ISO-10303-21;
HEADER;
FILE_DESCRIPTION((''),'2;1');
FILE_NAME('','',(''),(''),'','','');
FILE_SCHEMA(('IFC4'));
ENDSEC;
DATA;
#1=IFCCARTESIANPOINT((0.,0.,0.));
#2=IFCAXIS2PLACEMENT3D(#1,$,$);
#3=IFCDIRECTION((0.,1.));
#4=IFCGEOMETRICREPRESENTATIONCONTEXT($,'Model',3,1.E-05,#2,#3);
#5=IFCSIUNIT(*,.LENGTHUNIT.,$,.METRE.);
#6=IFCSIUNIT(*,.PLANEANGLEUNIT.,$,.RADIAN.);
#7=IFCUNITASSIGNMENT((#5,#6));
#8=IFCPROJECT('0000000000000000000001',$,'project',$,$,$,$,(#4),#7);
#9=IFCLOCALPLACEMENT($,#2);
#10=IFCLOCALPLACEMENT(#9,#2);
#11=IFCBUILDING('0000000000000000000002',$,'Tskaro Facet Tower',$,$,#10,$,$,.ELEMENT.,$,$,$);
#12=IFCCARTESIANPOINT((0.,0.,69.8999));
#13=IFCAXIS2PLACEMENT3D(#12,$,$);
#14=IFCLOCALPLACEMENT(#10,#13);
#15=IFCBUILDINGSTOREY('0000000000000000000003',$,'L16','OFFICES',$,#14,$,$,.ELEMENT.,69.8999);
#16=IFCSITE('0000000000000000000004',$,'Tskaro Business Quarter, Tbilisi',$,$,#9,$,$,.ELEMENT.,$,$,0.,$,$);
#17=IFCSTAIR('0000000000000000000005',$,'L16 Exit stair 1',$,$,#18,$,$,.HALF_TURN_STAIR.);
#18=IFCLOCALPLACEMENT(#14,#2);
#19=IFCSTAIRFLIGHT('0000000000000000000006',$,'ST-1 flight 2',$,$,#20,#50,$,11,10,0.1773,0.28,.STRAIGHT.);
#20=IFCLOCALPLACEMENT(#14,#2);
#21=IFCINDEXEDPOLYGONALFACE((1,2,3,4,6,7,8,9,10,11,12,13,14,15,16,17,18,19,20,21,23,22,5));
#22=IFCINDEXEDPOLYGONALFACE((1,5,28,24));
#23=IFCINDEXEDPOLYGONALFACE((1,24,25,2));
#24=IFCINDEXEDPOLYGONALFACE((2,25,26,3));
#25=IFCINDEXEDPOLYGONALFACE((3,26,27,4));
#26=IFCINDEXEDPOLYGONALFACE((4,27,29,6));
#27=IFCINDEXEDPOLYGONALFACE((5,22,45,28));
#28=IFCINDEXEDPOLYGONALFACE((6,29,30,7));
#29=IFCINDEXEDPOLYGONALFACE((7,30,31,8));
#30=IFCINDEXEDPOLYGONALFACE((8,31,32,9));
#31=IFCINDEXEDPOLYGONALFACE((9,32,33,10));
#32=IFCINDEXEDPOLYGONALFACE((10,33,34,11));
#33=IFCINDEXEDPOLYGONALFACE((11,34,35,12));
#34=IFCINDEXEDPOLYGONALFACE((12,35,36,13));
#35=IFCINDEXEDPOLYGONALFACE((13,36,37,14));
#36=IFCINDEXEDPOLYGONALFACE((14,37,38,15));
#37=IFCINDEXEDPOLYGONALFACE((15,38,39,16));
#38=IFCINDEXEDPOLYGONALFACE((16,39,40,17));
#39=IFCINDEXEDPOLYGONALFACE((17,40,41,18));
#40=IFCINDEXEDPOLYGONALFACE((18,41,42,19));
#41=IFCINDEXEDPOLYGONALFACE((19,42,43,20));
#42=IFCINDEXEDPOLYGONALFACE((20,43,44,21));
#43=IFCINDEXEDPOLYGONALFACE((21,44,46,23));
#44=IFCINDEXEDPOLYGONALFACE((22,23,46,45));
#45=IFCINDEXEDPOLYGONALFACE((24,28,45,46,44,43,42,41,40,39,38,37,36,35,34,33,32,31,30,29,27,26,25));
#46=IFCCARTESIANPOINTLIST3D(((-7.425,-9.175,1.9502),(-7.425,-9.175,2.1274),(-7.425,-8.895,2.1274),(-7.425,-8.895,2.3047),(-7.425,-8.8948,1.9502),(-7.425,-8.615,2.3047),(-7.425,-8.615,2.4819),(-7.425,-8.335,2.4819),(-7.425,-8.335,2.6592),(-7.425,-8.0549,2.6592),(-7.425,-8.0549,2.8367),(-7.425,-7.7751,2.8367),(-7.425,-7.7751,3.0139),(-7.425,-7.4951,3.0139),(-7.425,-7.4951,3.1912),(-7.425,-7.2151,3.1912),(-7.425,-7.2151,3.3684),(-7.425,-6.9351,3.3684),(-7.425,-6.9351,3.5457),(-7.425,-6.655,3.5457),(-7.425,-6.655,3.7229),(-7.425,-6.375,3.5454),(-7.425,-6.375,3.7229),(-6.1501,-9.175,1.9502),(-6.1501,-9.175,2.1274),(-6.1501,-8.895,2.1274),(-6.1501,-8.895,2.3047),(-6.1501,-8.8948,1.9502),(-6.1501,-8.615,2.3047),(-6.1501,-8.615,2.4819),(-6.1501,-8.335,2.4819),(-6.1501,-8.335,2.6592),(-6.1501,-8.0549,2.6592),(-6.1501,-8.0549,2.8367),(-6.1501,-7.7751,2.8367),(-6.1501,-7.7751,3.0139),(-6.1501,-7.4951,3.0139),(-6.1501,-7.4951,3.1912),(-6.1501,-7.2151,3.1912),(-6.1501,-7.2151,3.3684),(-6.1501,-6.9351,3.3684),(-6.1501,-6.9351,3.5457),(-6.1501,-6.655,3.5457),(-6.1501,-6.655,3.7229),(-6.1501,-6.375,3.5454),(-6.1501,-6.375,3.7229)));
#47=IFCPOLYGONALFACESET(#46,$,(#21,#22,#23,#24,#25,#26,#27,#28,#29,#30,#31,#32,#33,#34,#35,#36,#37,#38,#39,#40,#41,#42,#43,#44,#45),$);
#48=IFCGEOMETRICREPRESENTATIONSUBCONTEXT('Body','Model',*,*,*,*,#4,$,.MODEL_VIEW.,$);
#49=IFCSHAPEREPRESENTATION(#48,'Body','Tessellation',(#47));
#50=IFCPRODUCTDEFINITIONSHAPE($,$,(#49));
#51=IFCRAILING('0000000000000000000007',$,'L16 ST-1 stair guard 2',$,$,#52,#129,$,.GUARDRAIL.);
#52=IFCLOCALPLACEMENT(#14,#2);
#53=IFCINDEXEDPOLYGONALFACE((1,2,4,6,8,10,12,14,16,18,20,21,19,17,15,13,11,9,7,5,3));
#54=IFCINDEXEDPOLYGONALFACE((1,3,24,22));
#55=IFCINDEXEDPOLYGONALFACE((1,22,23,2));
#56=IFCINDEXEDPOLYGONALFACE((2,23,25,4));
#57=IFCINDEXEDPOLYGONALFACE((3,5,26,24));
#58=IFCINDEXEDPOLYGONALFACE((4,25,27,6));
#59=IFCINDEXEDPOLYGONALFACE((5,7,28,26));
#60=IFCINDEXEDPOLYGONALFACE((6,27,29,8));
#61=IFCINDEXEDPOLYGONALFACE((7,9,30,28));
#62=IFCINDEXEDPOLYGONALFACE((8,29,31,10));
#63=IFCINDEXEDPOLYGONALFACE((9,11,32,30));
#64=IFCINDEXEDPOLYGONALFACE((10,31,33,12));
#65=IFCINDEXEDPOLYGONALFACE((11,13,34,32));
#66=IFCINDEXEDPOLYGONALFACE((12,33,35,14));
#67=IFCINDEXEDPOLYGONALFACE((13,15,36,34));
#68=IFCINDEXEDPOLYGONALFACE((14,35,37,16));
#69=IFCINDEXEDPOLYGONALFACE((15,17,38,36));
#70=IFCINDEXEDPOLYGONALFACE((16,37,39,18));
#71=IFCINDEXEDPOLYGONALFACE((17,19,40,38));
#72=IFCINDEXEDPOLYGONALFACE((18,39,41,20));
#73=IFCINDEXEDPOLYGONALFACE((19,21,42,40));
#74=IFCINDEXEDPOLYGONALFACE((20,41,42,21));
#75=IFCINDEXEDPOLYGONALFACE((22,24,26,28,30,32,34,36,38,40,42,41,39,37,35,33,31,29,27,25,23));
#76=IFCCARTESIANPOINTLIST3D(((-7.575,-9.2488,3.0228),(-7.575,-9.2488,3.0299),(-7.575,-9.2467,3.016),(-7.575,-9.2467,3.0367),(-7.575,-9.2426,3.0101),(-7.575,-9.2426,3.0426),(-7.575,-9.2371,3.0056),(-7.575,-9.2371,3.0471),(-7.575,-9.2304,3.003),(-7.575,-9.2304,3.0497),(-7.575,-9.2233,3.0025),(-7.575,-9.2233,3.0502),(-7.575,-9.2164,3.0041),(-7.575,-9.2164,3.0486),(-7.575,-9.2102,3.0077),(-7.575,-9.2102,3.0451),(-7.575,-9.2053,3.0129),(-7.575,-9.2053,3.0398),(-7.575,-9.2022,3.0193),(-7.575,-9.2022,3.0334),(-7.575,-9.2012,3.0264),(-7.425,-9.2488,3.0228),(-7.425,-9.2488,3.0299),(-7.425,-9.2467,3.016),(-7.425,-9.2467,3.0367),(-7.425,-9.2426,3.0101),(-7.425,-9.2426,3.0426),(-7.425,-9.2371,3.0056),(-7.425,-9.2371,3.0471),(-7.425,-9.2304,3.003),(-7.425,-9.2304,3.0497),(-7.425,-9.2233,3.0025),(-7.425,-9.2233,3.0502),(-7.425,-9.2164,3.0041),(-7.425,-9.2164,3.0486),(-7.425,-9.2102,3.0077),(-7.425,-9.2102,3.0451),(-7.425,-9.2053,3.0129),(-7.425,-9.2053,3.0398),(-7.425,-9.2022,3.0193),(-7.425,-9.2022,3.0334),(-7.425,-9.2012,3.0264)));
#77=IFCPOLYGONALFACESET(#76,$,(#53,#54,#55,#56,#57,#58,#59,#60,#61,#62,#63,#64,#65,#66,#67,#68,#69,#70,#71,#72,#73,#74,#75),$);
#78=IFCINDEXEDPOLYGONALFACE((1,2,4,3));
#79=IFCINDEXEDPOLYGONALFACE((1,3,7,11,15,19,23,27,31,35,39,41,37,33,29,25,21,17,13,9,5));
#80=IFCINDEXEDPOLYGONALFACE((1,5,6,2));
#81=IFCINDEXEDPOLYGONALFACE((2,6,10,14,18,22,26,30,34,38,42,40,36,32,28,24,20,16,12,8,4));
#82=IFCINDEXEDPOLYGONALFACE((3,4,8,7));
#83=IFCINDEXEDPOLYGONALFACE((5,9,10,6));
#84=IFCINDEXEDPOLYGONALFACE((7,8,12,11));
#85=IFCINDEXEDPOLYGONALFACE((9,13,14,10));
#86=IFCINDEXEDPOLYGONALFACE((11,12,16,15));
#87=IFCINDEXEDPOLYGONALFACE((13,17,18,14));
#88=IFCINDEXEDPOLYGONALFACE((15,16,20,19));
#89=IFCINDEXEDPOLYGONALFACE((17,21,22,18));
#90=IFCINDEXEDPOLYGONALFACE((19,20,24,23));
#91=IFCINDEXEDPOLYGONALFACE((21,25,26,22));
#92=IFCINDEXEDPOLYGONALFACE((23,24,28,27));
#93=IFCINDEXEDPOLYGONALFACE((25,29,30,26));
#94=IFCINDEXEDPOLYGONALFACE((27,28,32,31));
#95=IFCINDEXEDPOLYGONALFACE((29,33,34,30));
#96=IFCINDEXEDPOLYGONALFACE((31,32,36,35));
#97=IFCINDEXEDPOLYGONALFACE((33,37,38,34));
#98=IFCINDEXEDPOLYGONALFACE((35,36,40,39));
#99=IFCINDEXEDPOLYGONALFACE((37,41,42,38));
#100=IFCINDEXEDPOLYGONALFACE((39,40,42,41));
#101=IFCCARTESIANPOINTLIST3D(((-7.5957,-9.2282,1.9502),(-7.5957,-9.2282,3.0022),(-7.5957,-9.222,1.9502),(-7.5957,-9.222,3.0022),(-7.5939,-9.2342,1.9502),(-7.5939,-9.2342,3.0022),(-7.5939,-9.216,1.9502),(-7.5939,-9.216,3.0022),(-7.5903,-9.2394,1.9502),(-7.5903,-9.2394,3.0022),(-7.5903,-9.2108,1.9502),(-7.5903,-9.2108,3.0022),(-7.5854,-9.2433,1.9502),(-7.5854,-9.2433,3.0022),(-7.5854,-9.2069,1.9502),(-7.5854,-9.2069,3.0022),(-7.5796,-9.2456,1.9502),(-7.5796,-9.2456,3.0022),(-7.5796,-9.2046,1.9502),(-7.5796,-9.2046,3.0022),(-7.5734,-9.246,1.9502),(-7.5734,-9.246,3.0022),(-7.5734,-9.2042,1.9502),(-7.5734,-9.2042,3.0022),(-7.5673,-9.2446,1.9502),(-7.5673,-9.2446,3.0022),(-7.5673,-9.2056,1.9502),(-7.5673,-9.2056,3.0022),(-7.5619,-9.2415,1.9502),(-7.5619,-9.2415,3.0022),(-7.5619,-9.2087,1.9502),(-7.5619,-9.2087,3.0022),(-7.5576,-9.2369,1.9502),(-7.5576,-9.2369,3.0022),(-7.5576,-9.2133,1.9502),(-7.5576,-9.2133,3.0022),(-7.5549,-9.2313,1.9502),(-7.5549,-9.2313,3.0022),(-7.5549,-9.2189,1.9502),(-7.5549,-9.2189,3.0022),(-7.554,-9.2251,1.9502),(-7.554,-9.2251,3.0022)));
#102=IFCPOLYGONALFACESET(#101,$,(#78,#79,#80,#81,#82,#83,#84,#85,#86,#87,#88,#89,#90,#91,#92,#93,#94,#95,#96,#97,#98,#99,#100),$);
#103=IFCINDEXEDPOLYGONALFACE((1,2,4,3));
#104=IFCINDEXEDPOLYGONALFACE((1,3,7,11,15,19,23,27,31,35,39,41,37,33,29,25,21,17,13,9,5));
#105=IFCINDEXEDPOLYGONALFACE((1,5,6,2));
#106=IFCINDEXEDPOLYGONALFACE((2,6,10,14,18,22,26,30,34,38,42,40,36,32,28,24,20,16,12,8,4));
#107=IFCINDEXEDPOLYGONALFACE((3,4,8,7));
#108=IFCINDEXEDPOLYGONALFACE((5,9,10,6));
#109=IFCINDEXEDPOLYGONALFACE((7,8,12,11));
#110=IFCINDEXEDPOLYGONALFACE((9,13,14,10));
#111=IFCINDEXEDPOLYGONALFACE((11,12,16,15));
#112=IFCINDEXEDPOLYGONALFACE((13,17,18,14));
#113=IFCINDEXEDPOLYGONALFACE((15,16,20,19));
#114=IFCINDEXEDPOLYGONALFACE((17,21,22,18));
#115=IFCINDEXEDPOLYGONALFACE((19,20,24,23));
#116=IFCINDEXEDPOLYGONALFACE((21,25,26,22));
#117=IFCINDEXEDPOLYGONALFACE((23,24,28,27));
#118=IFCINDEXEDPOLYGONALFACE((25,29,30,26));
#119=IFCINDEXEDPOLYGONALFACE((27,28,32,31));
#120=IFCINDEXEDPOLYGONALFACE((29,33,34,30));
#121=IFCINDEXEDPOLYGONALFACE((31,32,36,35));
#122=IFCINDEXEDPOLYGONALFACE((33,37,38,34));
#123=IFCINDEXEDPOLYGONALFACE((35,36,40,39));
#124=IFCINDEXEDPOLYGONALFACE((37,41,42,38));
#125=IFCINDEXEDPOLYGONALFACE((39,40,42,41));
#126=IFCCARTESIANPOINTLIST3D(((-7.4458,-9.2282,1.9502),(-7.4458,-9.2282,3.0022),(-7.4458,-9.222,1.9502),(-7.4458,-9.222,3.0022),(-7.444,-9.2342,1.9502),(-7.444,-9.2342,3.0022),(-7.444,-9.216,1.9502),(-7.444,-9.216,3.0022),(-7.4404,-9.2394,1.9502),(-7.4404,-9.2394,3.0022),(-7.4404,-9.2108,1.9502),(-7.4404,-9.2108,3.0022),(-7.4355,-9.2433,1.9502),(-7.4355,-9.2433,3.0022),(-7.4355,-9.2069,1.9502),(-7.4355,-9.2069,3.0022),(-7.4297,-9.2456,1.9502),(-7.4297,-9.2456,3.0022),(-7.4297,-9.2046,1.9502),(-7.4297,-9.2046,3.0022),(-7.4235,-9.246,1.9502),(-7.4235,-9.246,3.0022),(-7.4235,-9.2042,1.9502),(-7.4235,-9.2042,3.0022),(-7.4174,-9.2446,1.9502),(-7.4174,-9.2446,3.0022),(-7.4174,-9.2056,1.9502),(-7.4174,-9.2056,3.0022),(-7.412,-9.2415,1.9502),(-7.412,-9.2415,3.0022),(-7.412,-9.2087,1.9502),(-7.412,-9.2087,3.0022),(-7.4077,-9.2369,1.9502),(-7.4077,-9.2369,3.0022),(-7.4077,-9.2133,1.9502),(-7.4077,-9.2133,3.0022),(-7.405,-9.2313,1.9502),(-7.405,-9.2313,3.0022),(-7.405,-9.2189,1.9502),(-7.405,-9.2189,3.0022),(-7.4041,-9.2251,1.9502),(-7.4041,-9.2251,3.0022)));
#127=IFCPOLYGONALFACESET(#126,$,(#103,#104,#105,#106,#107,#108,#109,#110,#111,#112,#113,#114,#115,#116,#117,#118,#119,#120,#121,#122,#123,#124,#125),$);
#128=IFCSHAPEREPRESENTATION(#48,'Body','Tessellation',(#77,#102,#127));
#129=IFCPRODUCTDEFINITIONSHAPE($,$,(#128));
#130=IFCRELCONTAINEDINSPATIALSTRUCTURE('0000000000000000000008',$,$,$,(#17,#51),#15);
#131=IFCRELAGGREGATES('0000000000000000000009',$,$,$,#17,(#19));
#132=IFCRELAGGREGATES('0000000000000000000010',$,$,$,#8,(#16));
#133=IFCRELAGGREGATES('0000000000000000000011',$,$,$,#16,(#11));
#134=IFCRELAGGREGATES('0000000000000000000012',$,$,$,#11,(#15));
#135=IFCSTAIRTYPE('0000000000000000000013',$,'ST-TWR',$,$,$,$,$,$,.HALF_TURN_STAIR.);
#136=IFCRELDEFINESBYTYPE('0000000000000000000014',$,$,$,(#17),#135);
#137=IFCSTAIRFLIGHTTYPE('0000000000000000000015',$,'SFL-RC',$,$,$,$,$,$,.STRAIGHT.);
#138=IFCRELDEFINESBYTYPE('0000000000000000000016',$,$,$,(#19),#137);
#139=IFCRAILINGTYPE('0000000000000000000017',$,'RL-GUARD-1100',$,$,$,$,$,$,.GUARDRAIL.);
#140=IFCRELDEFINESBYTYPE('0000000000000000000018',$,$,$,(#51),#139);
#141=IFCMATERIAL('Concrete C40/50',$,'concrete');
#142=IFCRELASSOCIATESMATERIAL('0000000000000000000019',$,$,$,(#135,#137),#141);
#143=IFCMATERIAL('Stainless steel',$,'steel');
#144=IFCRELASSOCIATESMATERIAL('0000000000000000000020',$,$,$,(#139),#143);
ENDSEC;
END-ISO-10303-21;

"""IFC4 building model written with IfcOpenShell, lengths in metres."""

from ifc_helpers import new_model, si_unit, direction, frame, origin, origin_2d, place, context, subcontext, project, spatial, polyline, circle, outline, extrude, material, type_object, element, aggregate, save


model = new_model("IFC4")

# Units and contexts
model_context = context("Model", 3, precision=1e-05, world=origin(), true_north=direction((0.0, 1.0)))
body_context = subcontext(model_context, "Body", "Model", "MODEL_VIEW")
ifc_project = project(units=[si_unit("LENGTHUNIT", "METRE"), si_unit("PLANEANGLEUNIT", "RADIAN")], contexts=[model_context])

# Site, building, storey
site_placement = place(None, origin())
site = spatial("IfcSite", under=ifc_project, at=site_placement, Name="Tskaro Business Quarter, Tbilisi", CompositionType="ELEMENT", RefElevation=0.0)
building_placement = place(site_placement, origin())
building = spatial("IfcBuilding", under=site, at=building_placement, Name="Tskaro Facet Tower", CompositionType="ELEMENT")
storey_placement = place(building_placement, frame((0.0, 0.0, 69.8999)))
storey = spatial("IfcBuildingStorey", under=building, at=storey_placement, Name="L16", Description="OFFICES", CompositionType="ELEMENT", Elevation=69.8999)

# Shared definitions
ifc_material_1 = material(Name="Stainless steel", Category="steel")

# Shared definitions
ifc_material_2 = material(Name="Concrete C40/50", Category="concrete")

# Stair, stair flight
stair_type = type_object("IfcStairType", Name="ST-TWR", PredefinedType="HALF_TURN_STAIR", material=ifc_material_2)
stair_placement = place(storey_placement, origin())
stair = element("IfcStair", 1, at=stair_placement, inside=storey, type_object=stair_type, Name="L16 Exit stair 1", PredefinedType="HALF_TURN_STAIR")
stair_flight_type = type_object("IfcStairFlightType", Name="SFL-RC", PredefinedType="STRAIGHT", material=ifc_material_2)
stair_flight_placement = place(storey_placement, frame((-6.7876, -9.175, 1.9502), z_axis=(0.0, 0.0, 1.0), x_axis=(0.0, 1.0, 0.0)))
stair_flight = element("IfcStairFlight", 2, at=stair_flight_placement, type_object=stair_flight_type, Name="ST-1 flight 2", NumberOfRisers=11, NumberOfTreads=10, PredefinedType="STRAIGHT", RiserHeight=0.1773, TreadLength=0.28, context=body_context, shape_type="SweptSolid", body=[
    extrude(outline(polyline([(0.0, 0.0), (0.0, 0.1772), (0.28, 0.1772), (0.28, 0.3545), (0.5601, 0.3545), (0.5601, 0.5317), (0.8401, 0.5317), (0.8401, 0.709), (1.1201, 0.709), (1.1201, 0.8865), (1.3999, 0.8865), (1.3999, 1.0637), (1.6799, 1.0637), (1.6799, 1.241), (1.96, 1.241), (1.96, 1.4182), (2.24, 1.4182), (2.24, 1.5955), (2.52, 1.5955), (2.52, 1.7727), (2.8, 1.7727), (2.8, 1.95), (2.8, 1.5952), (0.2803, 0.0), (0.0, 0.0)])), frame((0.0, 0.6375, 0.0), z_axis=(0.0, -1.0, 0.0), x_axis=(1.0, 0.0, 0.0)), (0.0, 0.0, 1.0), 1.2749),
])
aggregate(stair, [stair_flight])

# Railing
railing_type_1 = type_object("IfcRailingType", Name="RL-GUARD-1100", PredefinedType="GUARDRAIL", material=ifc_material_1)
railing_1_placement = place(storey_placement, frame((-7.575, -9.2251, 1.9502)))
element("IfcRailing", 3, at=railing_1_placement, inside=storey, type_object=railing_type_1, Name="L16 ST-1 stair guard 2", PredefinedType="GUARDRAIL", context=body_context, shape_type="SweptSolid", body=[
    extrude(circle(Radius=0.0239, at=origin_2d()), frame((0.0, 0.0, 1.0762), z_axis=(1.0, 0.0, 0.0), x_axis=(0.0, 1.0, 0.0)), (0.0, 0.0, 1.0), 0.1499),
    extrude(circle(Radius=0.021, at=origin_2d()), origin(), (0.0, 0.0, 1.0), 1.052),
    extrude(circle(Radius=0.021, at=origin_2d()), frame((0.1499, 0.0, 0.0)), (0.0, 0.0, 1.0), 1.052),
])

save(model, "model.ifc")
